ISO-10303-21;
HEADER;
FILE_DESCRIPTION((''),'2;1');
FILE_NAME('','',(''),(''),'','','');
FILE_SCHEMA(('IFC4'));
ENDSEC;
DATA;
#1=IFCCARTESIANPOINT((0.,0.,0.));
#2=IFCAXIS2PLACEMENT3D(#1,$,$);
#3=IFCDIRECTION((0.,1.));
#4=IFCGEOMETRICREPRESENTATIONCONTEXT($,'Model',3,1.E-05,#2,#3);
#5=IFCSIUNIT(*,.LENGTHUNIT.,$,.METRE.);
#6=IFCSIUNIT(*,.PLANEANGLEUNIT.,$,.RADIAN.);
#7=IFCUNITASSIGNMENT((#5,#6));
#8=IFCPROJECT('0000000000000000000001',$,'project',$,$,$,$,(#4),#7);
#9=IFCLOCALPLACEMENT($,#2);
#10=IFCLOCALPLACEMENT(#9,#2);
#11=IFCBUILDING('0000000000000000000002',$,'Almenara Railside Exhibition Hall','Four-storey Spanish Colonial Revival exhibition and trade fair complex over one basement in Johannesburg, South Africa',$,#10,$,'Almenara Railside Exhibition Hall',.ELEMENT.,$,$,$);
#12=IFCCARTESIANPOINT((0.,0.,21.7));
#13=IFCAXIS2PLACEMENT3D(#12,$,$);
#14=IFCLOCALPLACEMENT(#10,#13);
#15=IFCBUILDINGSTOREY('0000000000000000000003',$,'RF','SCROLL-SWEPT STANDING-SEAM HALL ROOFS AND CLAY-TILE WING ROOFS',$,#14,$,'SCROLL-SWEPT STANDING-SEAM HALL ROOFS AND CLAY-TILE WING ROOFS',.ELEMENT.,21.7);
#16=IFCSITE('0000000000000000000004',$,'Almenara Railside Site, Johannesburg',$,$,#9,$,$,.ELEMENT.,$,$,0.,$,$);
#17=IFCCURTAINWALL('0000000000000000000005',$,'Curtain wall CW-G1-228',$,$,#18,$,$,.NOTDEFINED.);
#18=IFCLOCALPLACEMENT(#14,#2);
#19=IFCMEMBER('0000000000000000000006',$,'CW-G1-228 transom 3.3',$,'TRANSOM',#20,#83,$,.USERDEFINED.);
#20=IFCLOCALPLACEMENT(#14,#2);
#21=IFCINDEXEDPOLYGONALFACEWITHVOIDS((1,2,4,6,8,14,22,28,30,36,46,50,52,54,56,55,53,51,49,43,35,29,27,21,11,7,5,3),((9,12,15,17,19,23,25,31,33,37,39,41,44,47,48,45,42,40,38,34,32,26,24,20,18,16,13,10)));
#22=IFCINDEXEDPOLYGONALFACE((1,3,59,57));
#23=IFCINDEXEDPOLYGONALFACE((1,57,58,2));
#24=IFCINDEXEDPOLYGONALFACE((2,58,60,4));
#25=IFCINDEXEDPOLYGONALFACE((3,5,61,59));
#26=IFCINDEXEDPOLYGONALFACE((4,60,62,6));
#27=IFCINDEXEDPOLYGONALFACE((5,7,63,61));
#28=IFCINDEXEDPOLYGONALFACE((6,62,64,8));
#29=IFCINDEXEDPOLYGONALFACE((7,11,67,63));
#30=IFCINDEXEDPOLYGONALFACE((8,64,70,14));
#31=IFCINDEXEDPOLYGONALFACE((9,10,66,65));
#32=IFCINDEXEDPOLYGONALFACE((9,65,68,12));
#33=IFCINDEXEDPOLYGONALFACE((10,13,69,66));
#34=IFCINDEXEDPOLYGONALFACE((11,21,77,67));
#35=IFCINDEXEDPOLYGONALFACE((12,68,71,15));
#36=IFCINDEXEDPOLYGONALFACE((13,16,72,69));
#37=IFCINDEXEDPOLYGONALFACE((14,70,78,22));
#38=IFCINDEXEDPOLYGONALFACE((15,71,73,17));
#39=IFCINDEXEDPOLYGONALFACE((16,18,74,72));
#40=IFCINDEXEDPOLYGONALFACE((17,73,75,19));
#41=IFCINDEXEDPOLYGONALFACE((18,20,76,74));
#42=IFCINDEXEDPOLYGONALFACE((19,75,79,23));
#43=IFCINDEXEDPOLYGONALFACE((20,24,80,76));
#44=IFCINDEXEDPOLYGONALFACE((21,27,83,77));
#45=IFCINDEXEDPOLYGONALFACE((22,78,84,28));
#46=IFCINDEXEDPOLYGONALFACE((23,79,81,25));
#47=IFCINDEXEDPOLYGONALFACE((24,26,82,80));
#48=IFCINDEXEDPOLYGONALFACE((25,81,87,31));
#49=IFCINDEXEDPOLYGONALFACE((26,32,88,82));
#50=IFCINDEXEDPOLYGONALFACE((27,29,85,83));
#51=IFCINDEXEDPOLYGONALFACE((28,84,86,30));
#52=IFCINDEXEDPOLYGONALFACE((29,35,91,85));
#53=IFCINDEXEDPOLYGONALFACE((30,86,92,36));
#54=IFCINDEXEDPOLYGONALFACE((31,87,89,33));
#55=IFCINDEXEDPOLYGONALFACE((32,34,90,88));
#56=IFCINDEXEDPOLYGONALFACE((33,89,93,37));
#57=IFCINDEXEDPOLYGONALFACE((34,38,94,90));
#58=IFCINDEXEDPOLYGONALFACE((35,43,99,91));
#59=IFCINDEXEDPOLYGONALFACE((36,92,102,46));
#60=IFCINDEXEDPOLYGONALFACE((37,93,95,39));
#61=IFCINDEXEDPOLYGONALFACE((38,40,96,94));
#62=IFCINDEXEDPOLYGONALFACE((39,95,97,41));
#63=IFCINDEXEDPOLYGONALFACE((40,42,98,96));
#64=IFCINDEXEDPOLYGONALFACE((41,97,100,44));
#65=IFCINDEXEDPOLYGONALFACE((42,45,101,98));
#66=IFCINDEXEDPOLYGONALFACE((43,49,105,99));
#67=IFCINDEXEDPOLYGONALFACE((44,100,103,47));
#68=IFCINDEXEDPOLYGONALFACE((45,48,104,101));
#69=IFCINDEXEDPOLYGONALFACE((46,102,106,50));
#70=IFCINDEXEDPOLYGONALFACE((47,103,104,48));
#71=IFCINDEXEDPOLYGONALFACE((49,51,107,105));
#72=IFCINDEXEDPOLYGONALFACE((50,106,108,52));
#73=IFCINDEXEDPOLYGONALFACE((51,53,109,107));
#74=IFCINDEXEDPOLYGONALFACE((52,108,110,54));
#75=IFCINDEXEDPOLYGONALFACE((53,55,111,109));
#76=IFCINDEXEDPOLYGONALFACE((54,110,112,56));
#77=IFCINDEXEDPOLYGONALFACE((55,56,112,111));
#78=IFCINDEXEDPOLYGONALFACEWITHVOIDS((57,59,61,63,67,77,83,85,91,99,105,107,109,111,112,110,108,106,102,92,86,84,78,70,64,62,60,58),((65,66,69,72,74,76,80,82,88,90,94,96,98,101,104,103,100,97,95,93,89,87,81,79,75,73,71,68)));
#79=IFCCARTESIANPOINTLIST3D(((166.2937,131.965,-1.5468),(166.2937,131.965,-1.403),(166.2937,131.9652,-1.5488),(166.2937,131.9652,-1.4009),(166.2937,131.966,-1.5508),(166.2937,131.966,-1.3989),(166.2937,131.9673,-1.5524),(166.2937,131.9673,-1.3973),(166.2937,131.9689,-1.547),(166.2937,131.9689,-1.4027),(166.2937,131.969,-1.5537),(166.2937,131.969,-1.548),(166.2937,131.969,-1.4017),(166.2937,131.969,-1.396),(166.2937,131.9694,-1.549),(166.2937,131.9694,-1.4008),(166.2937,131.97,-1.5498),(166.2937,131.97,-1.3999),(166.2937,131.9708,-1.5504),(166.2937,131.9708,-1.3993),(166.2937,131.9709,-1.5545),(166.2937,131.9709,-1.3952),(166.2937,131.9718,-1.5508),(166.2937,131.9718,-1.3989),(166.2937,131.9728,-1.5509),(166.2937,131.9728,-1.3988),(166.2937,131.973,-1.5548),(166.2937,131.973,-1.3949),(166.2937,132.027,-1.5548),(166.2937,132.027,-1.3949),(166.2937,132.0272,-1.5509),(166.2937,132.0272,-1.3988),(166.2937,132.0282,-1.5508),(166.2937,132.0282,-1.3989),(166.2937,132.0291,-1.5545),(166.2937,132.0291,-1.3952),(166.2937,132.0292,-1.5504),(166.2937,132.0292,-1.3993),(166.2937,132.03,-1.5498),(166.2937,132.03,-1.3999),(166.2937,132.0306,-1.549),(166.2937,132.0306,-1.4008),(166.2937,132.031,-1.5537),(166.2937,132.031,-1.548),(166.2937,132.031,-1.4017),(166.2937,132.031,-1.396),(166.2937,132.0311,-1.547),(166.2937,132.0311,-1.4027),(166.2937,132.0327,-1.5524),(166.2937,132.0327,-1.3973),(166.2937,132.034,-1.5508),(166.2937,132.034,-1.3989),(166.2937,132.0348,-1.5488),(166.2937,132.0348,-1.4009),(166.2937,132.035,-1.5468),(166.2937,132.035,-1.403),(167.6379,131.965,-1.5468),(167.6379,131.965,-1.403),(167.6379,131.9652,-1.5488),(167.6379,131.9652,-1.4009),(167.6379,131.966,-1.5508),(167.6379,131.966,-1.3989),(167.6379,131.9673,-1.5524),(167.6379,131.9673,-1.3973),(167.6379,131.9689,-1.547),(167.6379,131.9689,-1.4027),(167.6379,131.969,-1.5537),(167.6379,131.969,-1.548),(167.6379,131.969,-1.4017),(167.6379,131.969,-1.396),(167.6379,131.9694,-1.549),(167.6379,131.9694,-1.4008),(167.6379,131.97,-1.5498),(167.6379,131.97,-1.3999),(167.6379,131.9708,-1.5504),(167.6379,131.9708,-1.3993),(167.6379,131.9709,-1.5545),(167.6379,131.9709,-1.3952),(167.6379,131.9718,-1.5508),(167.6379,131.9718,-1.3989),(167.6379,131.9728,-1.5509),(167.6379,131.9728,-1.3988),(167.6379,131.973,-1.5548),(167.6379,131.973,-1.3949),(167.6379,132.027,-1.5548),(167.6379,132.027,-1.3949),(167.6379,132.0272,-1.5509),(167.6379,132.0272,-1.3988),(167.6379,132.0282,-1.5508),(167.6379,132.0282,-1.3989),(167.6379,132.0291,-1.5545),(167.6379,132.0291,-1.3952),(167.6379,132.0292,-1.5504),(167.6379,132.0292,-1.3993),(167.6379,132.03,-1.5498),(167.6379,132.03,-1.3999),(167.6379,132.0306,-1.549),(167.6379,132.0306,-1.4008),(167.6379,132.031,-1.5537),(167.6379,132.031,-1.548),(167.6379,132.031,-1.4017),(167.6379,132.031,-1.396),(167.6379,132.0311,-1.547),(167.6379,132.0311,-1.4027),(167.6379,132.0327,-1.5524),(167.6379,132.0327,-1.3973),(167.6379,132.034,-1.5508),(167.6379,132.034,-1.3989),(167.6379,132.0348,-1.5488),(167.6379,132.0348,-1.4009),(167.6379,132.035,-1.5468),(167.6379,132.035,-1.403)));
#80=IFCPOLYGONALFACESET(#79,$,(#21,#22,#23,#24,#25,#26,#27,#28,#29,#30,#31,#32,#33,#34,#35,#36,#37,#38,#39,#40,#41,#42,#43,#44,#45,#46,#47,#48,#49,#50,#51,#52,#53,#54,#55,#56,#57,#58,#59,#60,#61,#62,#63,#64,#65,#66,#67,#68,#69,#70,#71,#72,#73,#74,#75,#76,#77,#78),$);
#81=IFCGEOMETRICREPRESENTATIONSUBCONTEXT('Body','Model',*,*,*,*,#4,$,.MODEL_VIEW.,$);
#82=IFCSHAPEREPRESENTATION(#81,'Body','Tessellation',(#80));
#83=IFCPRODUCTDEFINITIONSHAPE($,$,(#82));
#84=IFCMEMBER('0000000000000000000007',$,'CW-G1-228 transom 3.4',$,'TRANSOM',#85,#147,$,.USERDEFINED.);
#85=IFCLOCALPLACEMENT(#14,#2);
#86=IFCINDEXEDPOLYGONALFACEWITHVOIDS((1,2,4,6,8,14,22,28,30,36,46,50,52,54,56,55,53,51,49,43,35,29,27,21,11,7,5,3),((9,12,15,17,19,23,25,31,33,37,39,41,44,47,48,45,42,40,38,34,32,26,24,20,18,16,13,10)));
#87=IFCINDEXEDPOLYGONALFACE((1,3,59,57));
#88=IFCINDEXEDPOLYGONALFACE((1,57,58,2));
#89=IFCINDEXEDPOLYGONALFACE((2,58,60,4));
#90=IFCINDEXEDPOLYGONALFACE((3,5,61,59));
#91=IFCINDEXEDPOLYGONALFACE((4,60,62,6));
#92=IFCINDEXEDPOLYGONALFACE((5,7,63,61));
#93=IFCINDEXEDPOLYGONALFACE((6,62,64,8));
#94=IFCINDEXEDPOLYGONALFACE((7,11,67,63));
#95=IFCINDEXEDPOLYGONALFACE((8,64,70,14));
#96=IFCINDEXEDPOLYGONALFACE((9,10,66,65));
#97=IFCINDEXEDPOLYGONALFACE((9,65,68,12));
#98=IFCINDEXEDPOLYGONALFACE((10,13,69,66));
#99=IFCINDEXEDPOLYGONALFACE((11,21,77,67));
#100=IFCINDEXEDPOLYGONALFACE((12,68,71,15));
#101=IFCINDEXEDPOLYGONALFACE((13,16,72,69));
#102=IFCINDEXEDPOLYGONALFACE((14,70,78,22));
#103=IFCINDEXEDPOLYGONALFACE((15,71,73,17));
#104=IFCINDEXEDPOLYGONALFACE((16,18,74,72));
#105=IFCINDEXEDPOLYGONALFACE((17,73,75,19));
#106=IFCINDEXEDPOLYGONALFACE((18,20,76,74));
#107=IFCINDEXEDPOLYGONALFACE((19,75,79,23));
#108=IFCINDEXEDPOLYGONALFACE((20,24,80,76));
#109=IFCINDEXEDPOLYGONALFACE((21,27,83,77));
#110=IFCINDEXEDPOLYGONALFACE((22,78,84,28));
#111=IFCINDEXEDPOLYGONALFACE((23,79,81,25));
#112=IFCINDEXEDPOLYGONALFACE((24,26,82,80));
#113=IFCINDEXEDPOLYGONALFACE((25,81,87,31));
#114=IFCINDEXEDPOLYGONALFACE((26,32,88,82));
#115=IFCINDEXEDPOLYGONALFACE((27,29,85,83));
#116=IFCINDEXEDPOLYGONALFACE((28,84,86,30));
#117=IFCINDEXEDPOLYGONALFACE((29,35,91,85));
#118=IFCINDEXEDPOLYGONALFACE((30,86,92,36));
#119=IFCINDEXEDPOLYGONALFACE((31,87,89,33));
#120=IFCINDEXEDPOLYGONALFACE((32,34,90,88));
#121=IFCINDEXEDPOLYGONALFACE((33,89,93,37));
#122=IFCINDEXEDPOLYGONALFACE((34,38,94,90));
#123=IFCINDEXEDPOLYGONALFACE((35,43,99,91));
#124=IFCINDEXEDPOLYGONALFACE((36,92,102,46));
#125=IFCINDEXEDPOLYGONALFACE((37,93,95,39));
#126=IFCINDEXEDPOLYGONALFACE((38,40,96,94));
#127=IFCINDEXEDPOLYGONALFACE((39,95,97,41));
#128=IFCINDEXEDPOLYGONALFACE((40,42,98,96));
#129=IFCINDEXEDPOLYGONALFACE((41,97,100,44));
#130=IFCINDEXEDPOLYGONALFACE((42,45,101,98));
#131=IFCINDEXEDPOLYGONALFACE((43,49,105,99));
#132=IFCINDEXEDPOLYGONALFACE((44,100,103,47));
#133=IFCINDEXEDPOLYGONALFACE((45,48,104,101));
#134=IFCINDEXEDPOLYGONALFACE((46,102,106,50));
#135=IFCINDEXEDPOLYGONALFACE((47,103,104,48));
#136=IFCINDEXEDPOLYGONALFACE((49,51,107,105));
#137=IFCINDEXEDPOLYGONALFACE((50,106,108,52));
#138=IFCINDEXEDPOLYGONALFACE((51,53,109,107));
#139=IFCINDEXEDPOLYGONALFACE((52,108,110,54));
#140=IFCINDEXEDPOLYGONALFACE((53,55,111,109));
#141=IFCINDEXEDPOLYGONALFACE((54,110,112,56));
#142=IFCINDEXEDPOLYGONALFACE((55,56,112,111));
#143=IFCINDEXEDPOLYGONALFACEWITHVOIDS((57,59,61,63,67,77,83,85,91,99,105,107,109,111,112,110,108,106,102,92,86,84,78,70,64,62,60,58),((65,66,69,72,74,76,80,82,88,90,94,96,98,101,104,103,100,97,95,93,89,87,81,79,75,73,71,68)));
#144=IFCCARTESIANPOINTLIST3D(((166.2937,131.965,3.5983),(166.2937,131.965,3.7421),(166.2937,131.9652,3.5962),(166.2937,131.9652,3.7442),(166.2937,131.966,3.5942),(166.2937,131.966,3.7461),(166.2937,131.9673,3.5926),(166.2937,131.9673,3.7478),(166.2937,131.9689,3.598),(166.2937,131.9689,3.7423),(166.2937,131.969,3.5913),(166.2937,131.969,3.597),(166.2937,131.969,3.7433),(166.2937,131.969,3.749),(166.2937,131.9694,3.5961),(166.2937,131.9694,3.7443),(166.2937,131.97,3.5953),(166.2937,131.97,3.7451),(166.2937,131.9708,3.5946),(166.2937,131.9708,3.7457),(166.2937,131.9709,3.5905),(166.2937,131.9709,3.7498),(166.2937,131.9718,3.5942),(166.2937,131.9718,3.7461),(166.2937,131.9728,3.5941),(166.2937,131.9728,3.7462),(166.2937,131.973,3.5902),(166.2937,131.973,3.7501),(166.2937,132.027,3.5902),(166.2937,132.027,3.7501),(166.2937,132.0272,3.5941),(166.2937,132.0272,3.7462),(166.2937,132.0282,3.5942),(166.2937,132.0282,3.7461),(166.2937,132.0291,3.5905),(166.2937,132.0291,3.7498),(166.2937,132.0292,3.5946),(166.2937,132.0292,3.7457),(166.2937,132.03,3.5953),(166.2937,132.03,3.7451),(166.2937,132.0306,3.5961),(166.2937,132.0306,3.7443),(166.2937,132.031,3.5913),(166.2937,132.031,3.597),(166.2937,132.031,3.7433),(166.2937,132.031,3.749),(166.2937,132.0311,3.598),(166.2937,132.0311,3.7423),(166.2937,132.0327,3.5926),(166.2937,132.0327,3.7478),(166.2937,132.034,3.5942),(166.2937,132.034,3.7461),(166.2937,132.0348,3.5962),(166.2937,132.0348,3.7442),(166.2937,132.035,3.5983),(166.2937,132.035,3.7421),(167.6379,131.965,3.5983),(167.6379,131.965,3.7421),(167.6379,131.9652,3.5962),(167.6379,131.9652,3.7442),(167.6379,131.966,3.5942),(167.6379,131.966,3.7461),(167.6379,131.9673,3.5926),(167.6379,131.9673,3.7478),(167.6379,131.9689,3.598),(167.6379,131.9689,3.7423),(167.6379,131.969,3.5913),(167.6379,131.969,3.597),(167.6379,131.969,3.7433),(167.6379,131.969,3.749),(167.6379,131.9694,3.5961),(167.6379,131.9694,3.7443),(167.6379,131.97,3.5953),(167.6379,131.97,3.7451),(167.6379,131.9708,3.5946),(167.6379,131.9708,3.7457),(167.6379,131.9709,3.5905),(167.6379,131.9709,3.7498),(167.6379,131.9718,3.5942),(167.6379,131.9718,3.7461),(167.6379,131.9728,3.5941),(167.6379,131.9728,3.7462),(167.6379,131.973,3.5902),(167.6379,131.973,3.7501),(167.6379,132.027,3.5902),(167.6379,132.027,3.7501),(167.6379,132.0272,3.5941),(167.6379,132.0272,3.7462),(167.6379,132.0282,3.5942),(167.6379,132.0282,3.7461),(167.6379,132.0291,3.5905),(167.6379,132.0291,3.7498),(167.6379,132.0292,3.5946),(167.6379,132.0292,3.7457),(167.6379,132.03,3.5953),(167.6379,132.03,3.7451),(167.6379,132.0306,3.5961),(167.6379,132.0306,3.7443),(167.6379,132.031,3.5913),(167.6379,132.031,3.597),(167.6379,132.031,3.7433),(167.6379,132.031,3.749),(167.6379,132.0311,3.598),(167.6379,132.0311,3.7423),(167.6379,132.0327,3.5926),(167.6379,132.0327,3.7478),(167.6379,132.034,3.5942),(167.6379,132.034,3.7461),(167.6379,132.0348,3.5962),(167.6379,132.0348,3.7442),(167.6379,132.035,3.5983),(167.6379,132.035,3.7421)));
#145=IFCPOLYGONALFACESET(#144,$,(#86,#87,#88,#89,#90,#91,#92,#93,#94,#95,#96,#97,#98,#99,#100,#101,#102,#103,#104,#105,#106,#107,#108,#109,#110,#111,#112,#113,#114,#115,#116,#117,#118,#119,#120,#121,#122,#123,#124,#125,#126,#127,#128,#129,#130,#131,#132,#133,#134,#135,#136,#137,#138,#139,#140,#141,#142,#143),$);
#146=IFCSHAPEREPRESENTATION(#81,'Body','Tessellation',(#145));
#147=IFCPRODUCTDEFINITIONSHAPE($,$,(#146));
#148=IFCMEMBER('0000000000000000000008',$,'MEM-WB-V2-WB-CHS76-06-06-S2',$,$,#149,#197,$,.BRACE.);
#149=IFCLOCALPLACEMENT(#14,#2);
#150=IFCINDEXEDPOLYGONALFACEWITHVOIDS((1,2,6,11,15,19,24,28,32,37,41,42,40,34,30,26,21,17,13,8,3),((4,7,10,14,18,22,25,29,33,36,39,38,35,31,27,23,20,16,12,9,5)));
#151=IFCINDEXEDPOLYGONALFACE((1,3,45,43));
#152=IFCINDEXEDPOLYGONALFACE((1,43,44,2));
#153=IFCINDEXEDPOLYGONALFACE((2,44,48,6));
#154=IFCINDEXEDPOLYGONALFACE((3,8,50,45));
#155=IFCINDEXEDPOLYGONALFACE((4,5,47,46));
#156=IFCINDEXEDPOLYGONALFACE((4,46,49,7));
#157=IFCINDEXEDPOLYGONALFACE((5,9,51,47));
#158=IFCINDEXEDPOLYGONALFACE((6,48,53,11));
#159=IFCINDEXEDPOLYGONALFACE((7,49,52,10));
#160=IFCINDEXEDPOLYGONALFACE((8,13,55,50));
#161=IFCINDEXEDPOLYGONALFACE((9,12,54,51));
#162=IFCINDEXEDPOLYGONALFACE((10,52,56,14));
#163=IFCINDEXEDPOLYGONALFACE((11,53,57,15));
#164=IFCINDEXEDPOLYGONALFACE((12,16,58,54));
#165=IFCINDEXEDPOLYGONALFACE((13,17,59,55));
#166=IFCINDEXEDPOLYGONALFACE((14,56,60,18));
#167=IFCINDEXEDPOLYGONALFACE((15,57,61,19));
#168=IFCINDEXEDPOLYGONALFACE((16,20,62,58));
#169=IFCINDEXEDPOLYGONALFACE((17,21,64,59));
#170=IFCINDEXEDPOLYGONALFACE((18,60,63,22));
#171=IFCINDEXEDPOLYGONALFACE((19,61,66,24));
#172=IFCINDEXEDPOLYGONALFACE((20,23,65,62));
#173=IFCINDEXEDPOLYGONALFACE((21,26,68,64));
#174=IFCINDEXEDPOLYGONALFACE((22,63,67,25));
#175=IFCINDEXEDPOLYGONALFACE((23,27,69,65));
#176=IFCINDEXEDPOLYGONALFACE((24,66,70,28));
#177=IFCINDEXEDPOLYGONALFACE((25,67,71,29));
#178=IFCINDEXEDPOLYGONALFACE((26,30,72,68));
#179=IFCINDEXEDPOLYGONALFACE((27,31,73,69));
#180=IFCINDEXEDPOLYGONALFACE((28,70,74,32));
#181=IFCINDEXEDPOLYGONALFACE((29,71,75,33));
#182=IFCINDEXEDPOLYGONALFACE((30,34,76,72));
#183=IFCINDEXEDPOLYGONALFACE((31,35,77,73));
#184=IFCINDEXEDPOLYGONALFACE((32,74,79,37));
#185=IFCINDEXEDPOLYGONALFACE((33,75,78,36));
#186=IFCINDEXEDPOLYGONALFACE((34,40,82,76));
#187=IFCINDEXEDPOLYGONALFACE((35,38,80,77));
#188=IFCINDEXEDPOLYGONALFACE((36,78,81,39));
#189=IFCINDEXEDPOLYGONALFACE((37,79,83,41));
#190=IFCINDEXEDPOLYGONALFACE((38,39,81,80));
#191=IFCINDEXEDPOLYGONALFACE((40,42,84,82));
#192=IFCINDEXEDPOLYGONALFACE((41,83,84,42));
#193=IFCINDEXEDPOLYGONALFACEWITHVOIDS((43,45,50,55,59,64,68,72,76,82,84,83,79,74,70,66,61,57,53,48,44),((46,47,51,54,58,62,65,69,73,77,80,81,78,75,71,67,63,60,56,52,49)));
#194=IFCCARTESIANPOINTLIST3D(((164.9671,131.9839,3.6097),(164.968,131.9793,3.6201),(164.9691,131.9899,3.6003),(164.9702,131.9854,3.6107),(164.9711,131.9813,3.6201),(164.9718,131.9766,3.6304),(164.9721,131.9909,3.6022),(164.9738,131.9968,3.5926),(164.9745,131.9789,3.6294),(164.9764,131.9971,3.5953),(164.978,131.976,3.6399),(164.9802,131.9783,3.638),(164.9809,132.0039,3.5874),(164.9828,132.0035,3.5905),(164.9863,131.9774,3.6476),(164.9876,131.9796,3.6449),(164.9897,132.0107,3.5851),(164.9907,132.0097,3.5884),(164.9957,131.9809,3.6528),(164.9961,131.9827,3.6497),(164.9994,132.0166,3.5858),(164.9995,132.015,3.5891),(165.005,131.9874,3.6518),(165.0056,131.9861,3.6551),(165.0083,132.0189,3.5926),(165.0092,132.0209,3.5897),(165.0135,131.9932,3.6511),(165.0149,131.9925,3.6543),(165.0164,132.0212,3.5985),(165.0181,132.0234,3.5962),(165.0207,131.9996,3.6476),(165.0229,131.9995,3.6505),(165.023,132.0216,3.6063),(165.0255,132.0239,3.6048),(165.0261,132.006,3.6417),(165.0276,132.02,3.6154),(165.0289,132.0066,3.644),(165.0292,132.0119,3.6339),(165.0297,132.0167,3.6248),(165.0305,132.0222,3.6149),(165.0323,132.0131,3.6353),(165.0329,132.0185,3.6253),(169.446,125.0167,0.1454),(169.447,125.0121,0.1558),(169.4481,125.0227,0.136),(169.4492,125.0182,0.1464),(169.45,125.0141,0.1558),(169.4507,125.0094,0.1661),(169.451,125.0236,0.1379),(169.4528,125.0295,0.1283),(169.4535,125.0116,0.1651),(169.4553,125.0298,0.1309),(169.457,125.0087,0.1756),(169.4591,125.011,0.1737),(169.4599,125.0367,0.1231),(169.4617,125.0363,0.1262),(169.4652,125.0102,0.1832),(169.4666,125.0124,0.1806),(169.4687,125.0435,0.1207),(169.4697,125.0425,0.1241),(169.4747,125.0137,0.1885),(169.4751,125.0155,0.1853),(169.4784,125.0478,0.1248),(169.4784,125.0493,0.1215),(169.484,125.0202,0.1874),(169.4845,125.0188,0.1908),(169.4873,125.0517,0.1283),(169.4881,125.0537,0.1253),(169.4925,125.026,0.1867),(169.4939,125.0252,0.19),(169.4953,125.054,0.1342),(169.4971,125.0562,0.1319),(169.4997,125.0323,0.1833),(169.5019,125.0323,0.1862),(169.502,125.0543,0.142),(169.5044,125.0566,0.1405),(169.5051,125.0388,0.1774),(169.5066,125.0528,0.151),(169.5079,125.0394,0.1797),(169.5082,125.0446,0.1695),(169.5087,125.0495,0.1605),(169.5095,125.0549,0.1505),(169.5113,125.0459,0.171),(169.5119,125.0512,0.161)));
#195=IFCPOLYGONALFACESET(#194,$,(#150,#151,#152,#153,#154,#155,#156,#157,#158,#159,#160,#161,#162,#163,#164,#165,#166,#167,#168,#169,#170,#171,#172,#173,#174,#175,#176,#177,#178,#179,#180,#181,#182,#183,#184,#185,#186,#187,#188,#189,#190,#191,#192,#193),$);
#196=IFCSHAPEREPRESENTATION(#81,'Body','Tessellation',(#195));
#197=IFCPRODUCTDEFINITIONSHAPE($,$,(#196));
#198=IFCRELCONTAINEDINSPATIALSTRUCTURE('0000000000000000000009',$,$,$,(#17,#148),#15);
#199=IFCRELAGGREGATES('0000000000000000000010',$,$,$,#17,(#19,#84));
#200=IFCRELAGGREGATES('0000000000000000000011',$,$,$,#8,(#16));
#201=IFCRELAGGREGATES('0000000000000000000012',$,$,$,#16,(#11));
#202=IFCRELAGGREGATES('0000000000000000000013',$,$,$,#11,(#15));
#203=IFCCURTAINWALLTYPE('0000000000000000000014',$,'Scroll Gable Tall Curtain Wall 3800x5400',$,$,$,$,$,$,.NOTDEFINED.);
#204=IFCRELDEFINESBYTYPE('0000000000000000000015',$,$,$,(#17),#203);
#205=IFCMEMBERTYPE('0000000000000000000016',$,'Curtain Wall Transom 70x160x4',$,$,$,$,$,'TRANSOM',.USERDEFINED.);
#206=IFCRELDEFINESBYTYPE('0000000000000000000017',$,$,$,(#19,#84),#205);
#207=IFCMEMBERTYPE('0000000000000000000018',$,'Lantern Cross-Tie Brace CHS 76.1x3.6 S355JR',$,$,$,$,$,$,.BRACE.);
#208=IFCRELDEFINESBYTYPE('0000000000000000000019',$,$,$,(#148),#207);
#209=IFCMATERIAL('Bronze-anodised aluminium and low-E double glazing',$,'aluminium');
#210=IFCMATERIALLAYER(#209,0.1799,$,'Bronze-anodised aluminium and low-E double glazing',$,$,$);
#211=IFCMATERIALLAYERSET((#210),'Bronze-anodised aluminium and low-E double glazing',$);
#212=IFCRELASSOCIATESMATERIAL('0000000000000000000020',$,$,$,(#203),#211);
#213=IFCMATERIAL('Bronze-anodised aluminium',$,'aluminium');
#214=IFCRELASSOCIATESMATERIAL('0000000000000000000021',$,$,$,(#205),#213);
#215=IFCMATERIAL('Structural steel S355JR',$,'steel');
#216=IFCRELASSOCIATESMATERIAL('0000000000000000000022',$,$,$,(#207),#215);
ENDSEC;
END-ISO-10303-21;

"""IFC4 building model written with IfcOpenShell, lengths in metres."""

from ifc_helpers import new_model, si_unit, direction, frame, origin, origin_2d, place, context, subcontext, project, spatial, hollow_rectangle, hollow_circle, extrude, material, layer, layer_set, material_profile, profile_set, type_object, element, aggregate, save


model = new_model("IFC4")

# Units and contexts
model_context = context("Model", 3, precision=1e-05, world=origin(), true_north=direction((0.0, 1.0)))
body_context = subcontext(model_context, "Body", "Model", "MODEL_VIEW")
ifc_project = project(units=[si_unit("LENGTHUNIT", "METRE"), si_unit("PLANEANGLEUNIT", "RADIAN")], contexts=[model_context])

# Site, building, storey
site_placement = place(None, origin())
site = spatial("IfcSite", under=ifc_project, at=site_placement, Name="Almenara Railside Site, Johannesburg", CompositionType="ELEMENT", RefElevation=0.0)
building_placement = place(site_placement, origin())
building = spatial("IfcBuilding", under=site, at=building_placement, Name="Almenara Railside Exhibition Hall", Description="Four-storey Spanish Colonial Revival exhibition and trade fair complex over one basement in Johannesburg, South Africa", LongName="Almenara Railside Exhibition Hall", CompositionType="ELEMENT")
storey_placement = place(building_placement, frame((0.0, 0.0, 21.7)))
storey = spatial("IfcBuildingStorey", under=building, at=storey_placement, Name="RF", Description="SCROLL-SWEPT STANDING-SEAM HALL ROOFS AND CLAY-TILE WING ROOFS", LongName="SCROLL-SWEPT STANDING-SEAM HALL ROOFS AND CLAY-TILE WING ROOFS", CompositionType="ELEMENT", Elevation=21.7)

# Shared definitions
ifc_material_1 = material(Name="Structural steel S355JR", Category="steel")

# Shared definitions
ifc_material_2 = material(Name="Bronze-anodised aluminium and low-E double glazing", Category="aluminium")
ifc_layer_1 = layer(ifc_material_2, 0.1799, Name="Bronze-anodised aluminium and low-E double glazing")
ifc_layer_set_1 = layer_set([ifc_layer_1], Name="Bronze-anodised aluminium and low-E double glazing")
curtain_wall_type = type_object("IfcCurtainWallType", Name="Scroll Gable Tall Curtain Wall 3800x5400", PredefinedType="NOTDEFINED", material=ifc_layer_set_1)
ifc_material_3 = material(Name="Bronze-anodised aluminium", Category="aluminium")

# Curtain wall, members
curtain_wall_1_placement = place(storey_placement, origin())
curtain_wall_1 = element("IfcCurtainWall", 1, at=curtain_wall_1_placement, inside=storey, type_object=curtain_wall_type, Name="Curtain wall CW-G1-228", PredefinedType="NOTDEFINED")
ifc_material_profile_1 = material_profile(ifc_material_3, hollow_rectangle(XDim=0.0701, YDim=0.1599, WallThickness=0.0039, InnerFilletRadius=0.0039, OuterFilletRadius=0.0081, at=origin_2d()), Name="ALU-TRN 70x160x4")
ifc_profile_set_1 = profile_set([ifc_material_profile_1], Name="Bronze-anodised aluminium")
member_type_1 = type_object("IfcMemberType", Name="Curtain Wall Transom 70x160x4", ElementType="TRANSOM", PredefinedType="USERDEFINED", material=ifc_profile_set_1)
member_1_placement = place(storey_placement, frame((166.2937, 132.0, -1.4749), z_axis=(1.0, 0.0, 0.0), x_axis=(0.0, 1.0, 0.0)))
member_1 = element("IfcMember", 2, at=member_1_placement, type_object=member_type_1, Name="CW-G1-228 transom 3.3", ObjectType="TRANSOM", PredefinedType="USERDEFINED", context=body_context, shape_type="SweptSolid", body=[
    extrude(hollow_rectangle(XDim=0.0701, YDim=0.1599, WallThickness=0.0039, InnerFilletRadius=0.0039, OuterFilletRadius=0.0081, at=origin_2d()), origin(), (0.0, 0.0, 1.0), 1.3442),
])
member_2_placement = place(storey_placement, frame((166.2937, 132.0, 3.6702), z_axis=(1.0, 0.0, 0.0), x_axis=(0.0, 1.0, 0.0)))
member_2 = element("IfcMember", 3, at=member_2_placement, type_object=member_type_1, Name="CW-G1-228 transom 3.4", ObjectType="TRANSOM", PredefinedType="USERDEFINED", context=body_context, shape_type="SweptSolid", body=[
    extrude(hollow_rectangle(XDim=0.0701, YDim=0.1599, WallThickness=0.0039, InnerFilletRadius=0.0039, OuterFilletRadius=0.0081, at=origin_2d()), origin(), (0.0, 0.0, 1.0), 1.3442),
])

# Member
ifc_material_profile_2 = material_profile(ifc_material_1, hollow_circle(Radius=0.0381, WallThickness=0.0037, at=origin_2d()), Name="CHS 76.1x3.6")
ifc_profile_set_2 = profile_set([ifc_material_profile_2], Name="Structural steel S355JR")
member_type_2 = type_object("IfcMemberType", Name="Lantern Cross-Tie Brace CHS 76.1x3.6 S355JR", PredefinedType="BRACE", material=ifc_profile_set_2)
member_3_placement = place(storey_placement, frame((169.479, 125.0327, 0.1558), z_axis=(-0.498881, 0.776031, 0.385867), x_axis=(-0.841177, -0.540761, 0.0)))
element("IfcMember", 4, at=member_3_placement, inside=storey, type_object=member_type_2, Name="MEM-WB-V2-WB-CHS76-06-06-S2", PredefinedType="BRACE", context=body_context, shape_type="SweptSolid", body=[
    extrude(hollow_circle(Radius=0.0381, WallThickness=0.0037, at=origin_2d()), origin(), (0.0, 0.0, 1.0), 8.978),
])

aggregate(curtain_wall_1, [member_1, member_2])

save(model, "model.ifc")
